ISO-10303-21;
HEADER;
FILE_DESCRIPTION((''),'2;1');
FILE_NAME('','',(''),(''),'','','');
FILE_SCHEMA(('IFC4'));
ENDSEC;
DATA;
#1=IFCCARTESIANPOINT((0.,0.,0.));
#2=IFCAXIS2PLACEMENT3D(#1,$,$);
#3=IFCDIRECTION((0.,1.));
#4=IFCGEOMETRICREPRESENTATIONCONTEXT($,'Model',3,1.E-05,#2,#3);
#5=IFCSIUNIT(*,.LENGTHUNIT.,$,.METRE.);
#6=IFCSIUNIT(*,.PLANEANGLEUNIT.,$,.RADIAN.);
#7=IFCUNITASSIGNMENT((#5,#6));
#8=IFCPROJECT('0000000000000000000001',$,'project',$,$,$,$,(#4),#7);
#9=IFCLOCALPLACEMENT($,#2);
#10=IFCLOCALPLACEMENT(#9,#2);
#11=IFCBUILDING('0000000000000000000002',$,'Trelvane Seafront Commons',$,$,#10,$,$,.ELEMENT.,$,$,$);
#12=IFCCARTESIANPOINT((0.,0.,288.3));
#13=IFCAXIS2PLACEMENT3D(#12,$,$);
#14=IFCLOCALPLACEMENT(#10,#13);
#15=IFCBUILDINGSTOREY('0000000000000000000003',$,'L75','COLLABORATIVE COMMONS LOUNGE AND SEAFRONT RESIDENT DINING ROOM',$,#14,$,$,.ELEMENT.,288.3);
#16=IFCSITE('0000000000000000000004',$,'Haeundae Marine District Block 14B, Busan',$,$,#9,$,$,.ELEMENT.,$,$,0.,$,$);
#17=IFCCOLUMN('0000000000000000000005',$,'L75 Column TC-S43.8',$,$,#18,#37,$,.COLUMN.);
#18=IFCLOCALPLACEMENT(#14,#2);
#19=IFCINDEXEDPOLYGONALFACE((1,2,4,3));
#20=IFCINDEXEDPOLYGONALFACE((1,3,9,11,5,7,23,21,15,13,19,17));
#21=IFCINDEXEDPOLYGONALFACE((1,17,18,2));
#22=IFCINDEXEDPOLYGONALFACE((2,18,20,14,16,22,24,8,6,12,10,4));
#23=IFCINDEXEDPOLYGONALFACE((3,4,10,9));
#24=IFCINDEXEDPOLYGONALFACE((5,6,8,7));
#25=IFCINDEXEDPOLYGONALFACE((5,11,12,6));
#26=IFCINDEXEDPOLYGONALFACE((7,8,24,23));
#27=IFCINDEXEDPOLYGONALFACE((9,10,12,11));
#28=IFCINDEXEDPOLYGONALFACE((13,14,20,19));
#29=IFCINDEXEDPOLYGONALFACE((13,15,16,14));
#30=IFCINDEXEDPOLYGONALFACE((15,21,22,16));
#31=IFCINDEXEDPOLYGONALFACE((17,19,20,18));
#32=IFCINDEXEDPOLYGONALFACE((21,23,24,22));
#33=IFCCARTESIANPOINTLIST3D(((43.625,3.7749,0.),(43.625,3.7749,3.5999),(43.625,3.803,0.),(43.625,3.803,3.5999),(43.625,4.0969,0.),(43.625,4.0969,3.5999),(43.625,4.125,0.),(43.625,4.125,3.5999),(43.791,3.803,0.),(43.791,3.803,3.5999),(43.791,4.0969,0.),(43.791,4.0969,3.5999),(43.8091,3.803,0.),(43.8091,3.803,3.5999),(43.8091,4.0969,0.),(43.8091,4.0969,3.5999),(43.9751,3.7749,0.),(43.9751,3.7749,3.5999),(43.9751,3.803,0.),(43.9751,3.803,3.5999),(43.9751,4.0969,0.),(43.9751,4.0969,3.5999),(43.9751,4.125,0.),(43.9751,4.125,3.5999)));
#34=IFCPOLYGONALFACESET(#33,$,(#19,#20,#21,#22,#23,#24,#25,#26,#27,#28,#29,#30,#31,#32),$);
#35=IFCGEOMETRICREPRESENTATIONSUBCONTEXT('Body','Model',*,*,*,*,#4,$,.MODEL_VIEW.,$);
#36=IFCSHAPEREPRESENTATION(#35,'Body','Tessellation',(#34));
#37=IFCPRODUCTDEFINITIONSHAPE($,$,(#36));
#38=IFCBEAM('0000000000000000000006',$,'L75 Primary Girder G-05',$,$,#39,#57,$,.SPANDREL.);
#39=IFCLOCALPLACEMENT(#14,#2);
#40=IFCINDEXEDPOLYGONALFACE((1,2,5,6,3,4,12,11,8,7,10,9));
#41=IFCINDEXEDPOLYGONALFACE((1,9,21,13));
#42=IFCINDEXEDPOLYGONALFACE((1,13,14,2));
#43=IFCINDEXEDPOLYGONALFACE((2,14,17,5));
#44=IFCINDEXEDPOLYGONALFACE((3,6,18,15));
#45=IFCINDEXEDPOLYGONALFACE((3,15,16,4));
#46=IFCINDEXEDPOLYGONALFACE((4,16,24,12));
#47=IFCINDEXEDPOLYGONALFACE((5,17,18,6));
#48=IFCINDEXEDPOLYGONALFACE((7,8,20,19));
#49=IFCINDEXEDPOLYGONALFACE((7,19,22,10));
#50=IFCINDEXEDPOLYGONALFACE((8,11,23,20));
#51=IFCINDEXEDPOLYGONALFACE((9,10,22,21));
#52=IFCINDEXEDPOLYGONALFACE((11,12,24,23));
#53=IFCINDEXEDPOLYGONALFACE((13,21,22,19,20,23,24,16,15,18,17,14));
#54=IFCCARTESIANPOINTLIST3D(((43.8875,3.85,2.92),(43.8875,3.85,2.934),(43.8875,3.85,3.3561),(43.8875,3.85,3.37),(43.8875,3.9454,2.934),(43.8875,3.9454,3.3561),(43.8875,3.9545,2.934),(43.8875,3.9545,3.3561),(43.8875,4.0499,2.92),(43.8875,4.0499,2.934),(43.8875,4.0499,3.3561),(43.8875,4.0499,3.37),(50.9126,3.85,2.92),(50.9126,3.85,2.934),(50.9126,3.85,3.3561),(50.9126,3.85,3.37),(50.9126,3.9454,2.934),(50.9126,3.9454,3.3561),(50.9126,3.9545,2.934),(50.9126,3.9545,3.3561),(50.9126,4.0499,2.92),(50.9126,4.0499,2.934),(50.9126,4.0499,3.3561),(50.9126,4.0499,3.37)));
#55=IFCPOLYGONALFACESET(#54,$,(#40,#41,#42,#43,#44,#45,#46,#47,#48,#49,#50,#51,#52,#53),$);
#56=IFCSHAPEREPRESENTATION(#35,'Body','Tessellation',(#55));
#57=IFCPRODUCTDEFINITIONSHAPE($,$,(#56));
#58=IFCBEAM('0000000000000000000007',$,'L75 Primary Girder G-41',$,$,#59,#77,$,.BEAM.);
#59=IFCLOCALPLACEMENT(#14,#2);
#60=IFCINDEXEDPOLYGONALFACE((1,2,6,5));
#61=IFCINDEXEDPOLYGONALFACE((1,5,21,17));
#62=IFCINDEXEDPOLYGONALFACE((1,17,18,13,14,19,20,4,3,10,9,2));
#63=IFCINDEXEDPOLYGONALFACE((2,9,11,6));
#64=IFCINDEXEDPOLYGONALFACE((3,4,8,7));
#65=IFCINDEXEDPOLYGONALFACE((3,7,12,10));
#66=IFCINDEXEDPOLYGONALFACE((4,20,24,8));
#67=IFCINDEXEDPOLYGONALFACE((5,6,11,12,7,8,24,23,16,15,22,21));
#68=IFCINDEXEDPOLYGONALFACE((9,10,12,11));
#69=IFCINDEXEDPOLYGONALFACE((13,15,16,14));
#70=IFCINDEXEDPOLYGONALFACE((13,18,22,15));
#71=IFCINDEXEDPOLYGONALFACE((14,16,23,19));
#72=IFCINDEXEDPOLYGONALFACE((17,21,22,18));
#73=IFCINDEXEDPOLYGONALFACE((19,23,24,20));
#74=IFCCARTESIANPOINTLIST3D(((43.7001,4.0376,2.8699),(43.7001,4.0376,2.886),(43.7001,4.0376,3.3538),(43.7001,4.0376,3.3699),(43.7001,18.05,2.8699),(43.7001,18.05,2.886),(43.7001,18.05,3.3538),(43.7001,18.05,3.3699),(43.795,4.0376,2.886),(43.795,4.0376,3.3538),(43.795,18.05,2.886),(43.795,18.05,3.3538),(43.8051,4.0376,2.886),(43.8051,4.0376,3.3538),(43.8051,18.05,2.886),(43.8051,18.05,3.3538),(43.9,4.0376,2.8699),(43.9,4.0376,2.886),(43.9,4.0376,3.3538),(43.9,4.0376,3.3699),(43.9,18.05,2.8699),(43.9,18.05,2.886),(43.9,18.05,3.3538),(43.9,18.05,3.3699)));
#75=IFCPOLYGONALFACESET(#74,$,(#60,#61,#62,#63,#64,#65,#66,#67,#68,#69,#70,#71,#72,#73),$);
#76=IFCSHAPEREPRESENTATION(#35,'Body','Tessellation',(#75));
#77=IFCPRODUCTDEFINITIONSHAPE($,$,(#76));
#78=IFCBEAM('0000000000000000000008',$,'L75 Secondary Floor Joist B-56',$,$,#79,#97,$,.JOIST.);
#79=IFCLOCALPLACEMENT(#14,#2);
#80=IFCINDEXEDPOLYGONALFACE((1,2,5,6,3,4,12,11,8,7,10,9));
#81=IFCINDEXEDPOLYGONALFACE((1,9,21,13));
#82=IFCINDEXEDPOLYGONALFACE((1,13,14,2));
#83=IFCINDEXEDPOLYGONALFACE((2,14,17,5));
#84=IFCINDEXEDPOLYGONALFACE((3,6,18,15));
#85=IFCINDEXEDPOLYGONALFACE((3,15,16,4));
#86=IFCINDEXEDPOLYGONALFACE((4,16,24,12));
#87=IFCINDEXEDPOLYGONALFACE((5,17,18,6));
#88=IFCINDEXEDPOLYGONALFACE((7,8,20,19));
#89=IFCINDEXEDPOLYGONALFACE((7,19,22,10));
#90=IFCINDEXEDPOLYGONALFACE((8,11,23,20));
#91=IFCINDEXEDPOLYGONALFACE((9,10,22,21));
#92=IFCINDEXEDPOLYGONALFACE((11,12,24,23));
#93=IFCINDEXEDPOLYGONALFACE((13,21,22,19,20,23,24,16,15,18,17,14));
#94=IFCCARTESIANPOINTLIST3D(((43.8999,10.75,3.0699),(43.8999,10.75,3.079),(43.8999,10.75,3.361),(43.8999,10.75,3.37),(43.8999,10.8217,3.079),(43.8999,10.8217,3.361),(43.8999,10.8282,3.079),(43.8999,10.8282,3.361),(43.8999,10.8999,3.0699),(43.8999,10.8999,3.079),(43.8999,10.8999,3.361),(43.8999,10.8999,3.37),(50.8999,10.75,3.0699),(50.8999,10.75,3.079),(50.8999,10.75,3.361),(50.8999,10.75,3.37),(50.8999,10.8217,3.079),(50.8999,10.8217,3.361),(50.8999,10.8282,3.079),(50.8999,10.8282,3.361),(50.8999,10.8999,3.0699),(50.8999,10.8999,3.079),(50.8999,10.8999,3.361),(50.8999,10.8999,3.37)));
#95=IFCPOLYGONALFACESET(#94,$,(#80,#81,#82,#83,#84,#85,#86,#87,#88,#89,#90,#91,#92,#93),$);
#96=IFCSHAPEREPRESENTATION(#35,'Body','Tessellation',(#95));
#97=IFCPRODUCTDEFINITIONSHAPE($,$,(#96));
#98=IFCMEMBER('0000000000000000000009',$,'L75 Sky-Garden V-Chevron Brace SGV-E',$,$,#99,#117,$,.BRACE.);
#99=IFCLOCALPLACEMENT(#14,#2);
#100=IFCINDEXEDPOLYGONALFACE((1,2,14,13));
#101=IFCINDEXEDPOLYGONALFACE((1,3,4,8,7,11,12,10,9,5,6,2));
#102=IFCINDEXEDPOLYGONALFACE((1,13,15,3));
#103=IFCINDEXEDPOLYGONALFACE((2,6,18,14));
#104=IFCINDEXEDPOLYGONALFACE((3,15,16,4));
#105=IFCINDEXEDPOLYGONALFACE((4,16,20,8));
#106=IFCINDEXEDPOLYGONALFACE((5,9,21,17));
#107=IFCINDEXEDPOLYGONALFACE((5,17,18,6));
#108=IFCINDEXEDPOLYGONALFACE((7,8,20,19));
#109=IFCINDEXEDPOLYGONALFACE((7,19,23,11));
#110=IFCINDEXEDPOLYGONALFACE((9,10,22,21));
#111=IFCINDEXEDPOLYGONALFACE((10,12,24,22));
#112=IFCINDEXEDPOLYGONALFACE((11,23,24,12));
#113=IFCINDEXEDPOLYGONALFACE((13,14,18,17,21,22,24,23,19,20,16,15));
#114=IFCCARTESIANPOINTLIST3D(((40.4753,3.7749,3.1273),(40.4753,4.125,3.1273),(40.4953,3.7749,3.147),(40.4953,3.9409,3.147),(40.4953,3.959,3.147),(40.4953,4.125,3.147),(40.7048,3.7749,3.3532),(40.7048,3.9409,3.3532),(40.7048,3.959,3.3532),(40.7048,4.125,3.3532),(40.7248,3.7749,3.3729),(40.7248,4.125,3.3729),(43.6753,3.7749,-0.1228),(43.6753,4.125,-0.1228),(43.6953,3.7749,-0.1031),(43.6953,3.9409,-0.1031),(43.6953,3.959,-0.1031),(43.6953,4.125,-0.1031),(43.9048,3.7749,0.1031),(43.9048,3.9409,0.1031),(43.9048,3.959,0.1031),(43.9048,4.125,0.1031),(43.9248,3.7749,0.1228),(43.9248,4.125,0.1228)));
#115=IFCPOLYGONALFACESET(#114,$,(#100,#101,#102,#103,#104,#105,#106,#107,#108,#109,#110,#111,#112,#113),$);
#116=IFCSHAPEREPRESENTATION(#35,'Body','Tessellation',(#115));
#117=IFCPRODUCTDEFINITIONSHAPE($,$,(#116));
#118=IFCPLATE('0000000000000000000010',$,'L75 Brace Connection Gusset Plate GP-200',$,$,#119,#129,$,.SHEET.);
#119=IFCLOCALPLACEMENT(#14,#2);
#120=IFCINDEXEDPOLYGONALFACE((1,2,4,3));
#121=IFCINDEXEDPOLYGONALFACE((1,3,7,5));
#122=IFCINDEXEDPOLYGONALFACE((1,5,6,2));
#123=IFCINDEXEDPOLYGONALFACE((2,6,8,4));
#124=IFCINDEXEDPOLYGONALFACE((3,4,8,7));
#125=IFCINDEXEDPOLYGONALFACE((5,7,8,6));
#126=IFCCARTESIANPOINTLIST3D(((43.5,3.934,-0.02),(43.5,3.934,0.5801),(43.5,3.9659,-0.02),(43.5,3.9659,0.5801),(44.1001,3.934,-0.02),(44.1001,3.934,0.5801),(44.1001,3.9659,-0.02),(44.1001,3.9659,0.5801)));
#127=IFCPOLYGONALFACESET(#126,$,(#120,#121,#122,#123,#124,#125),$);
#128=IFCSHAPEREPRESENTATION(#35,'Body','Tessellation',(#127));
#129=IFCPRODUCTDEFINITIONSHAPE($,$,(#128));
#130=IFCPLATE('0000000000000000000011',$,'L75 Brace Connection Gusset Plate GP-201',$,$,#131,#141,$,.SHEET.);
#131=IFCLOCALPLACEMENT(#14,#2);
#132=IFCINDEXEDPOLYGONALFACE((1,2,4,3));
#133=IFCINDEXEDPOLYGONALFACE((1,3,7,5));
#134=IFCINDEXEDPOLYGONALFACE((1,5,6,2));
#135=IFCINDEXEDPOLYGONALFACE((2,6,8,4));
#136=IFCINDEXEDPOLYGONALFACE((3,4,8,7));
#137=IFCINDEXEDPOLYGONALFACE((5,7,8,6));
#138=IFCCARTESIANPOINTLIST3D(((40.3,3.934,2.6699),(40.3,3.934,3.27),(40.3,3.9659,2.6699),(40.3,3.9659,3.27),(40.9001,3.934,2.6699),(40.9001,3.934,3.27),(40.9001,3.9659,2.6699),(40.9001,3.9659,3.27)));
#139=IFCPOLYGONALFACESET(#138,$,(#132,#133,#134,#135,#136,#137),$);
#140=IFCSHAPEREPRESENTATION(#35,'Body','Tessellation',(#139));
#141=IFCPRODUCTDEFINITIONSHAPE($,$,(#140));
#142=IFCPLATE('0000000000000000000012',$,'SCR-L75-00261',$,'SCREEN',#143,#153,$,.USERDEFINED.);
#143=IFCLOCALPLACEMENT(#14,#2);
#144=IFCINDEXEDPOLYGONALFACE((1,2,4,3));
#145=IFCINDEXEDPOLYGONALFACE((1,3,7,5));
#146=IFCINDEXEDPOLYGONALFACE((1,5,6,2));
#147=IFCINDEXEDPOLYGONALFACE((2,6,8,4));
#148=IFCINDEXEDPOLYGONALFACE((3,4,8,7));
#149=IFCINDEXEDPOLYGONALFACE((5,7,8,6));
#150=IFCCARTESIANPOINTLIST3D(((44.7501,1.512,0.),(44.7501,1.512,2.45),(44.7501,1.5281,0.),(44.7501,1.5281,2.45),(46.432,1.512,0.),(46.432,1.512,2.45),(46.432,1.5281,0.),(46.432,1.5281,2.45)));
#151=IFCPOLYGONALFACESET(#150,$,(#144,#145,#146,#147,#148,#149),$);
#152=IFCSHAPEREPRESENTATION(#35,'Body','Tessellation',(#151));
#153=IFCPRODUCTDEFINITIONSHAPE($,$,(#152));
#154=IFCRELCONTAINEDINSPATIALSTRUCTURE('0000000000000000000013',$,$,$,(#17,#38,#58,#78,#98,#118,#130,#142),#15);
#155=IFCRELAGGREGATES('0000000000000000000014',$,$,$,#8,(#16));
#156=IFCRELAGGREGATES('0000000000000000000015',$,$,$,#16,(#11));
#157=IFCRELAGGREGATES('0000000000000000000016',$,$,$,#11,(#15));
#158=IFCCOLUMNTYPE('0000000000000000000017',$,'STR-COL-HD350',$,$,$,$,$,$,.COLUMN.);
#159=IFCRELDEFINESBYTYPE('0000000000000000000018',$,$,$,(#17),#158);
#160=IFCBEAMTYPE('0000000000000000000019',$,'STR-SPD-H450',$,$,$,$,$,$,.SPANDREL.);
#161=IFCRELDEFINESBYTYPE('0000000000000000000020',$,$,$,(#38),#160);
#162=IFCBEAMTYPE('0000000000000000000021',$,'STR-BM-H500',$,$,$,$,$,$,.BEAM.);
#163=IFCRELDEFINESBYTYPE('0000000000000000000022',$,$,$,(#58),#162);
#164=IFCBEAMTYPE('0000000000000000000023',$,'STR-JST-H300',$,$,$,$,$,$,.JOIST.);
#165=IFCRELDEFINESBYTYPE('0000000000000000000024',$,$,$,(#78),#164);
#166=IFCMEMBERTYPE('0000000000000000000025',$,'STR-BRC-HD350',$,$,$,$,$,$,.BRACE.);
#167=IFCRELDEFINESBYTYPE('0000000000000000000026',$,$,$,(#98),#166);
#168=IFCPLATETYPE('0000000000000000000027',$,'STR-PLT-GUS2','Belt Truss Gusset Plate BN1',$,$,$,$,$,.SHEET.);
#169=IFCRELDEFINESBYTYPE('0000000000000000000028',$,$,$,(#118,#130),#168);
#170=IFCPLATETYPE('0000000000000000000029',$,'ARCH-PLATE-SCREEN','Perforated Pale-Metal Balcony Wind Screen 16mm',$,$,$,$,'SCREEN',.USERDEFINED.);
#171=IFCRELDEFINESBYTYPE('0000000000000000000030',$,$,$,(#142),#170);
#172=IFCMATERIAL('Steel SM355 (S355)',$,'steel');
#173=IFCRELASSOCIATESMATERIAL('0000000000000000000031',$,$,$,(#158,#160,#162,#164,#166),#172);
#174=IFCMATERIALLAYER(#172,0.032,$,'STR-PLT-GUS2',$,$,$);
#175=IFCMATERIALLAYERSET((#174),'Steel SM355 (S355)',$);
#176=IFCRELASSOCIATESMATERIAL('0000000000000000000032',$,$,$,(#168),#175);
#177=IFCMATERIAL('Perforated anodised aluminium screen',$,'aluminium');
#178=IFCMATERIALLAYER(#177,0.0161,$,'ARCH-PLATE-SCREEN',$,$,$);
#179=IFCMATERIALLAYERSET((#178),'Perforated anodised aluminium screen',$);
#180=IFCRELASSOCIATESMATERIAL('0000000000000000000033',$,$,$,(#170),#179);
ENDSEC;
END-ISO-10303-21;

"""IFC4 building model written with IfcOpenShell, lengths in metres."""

from ifc_helpers import new_model, si_unit, direction, frame, origin, origin_2d, place, context, subcontext, project, spatial, rectangle, i_section, extrude, source, transform, mapped, material, layer, layer_set, material_profile, profile_set, type_object, element, save


model = new_model("IFC4")

# Units and contexts
model_context = context("Model", 3, precision=1e-05, world=origin(), true_north=direction((0.0, 1.0)))
body_context = subcontext(model_context, "Body", "Model", "MODEL_VIEW")
ifc_project = project(units=[si_unit("LENGTHUNIT", "METRE"), si_unit("PLANEANGLEUNIT", "RADIAN")], contexts=[model_context])

# Site, building, storey
site_placement = place(None, origin())
site = spatial("IfcSite", under=ifc_project, at=site_placement, Name="Haeundae Marine District Block 14B, Busan", CompositionType="ELEMENT", RefElevation=0.0)
building_placement = place(site_placement, origin())
building = spatial("IfcBuilding", under=site, at=building_placement, Name="Trelvane Seafront Commons", CompositionType="ELEMENT")
storey_placement = place(building_placement, frame((0.0, 0.0, 288.3)))
storey = spatial("IfcBuildingStorey", under=building, at=storey_placement, Name="L75", Description="COLLABORATIVE COMMONS LOUNGE AND SEAFRONT RESIDENT DINING ROOM", CompositionType="ELEMENT", Elevation=288.3)

# Column
ifc_material_1 = material(Name="Steel SM355 (S355)", Category="steel")
ifc_material_profile_1 = material_profile(ifc_material_1, i_section(OverallWidth=0.3501, OverallDepth=0.3501, WebThickness=0.0181, FlangeThickness=0.0281, at=origin_2d()), Name="HD-350x350x18x28")
ifc_profile_set_1 = profile_set([ifc_material_profile_1], Name="Steel SM355 (S355)")
column_type = type_object("IfcColumnType", Name="STR-COL-HD350", PredefinedType="COLUMN", material=ifc_profile_set_1)
shared_shape_1 = source(origin(), body_context, "Body", "SweptSolid", [
    extrude(i_section(OverallWidth=0.3501, OverallDepth=0.3501, WebThickness=0.0181, FlangeThickness=0.0281, at=origin_2d()), origin(), (0.0, 0.0, 1.0), 3.5999),
])
column_placement = place(storey_placement, frame((43.8, 3.95, 0.0), z_axis=(0.0, 0.0, 1.0), x_axis=(1.0, 0.0, 0.0)))
element("IfcColumn", 1, at=column_placement, inside=storey, type_object=column_type, Name="L75 Column TC-S43.8", PredefinedType="COLUMN", context=body_context, shape_type="MappedRepresentation", body=[
    mapped(shared_shape_1, transform((0.0, 0.0, 0.0), x_axis=(1.0, 0.0, 0.0), y_axis=(0.0, 1.0, 0.0), z_axis=(0.0, 0.0, 1.0), scale=1.0)),
])

# Beams
ifc_material_profile_2 = material_profile(ifc_material_1, i_section(OverallWidth=0.2, OverallDepth=0.45, WebThickness=0.009, FlangeThickness=0.0139, at=origin_2d()), Name="H-450x200x9x14")
ifc_profile_set_2 = profile_set([ifc_material_profile_2], Name="Steel SM355 (S355)")
beam_type_1 = type_object("IfcBeamType", Name="STR-SPD-H450", PredefinedType="SPANDREL", material=ifc_profile_set_2)
shared_shape_2 = source(origin(), body_context, "Body", "SweptSolid", [
    extrude(i_section(OverallWidth=0.2, OverallDepth=0.45, WebThickness=0.009, FlangeThickness=0.0139, at=origin_2d()), origin(), (0.0, 0.0, 1.0), 7.0251),
])
beam_1_placement = place(storey_placement, frame((43.8875, 3.95, 3.145), z_axis=(1.0, 0.0, 0.0), x_axis=(0.0, 1.0, 0.0)))
element("IfcBeam", 2, at=beam_1_placement, inside=storey, type_object=beam_type_1, Name="L75 Primary Girder G-05", PredefinedType="SPANDREL", context=body_context, shape_type="MappedRepresentation", body=[
    mapped(shared_shape_2, transform((0.0, 0.0, 0.0), x_axis=(1.0, 0.0, 0.0), y_axis=(0.0, 1.0, 0.0), z_axis=(0.0, 0.0, 1.0), scale=1.0)),
])
ifc_material_profile_3 = material_profile(ifc_material_1, i_section(OverallWidth=0.2, OverallDepth=0.5, WebThickness=0.01, FlangeThickness=0.0161, at=origin_2d()), Name="H-500x200x10x16")
ifc_profile_set_3 = profile_set([ifc_material_profile_3], Name="Steel SM355 (S355)")
beam_type_2 = type_object("IfcBeamType", Name="STR-BM-H500", PredefinedType="BEAM", material=ifc_profile_set_3)
shared_shape_3 = source(origin(), body_context, "Body", "SweptSolid", [
    extrude(i_section(OverallWidth=0.2, OverallDepth=0.5, WebThickness=0.01, FlangeThickness=0.0161, at=origin_2d()), origin(), (0.0, 0.0, 1.0), 14.0125),
])
beam_2_placement = place(storey_placement, frame((43.8, 4.0376, 3.1199), z_axis=(0.0, 1.0, 0.0), x_axis=(-1.0, 0.0, 0.0)))
element("IfcBeam", 3, at=beam_2_placement, inside=storey, type_object=beam_type_2, Name="L75 Primary Girder G-41", PredefinedType="BEAM", context=body_context, shape_type="MappedRepresentation", body=[
    mapped(shared_shape_3, transform((0.0, 0.0, 0.0), x_axis=(1.0, 0.0, 0.0), y_axis=(0.0, 1.0, 0.0), z_axis=(0.0, 0.0, 1.0), scale=1.0)),
])
ifc_material_profile_4 = material_profile(ifc_material_1, i_section(OverallWidth=0.1499, OverallDepth=0.3, WebThickness=0.0066, FlangeThickness=0.009, at=origin_2d()), Name="H-300x150x6.5x9")
ifc_profile_set_4 = profile_set([ifc_material_profile_4], Name="Steel SM355 (S355)")
beam_type_3 = type_object("IfcBeamType", Name="STR-JST-H300", PredefinedType="JOIST", material=ifc_profile_set_4)
shared_shape_4 = source(origin(), body_context, "Body", "SweptSolid", [
    extrude(i_section(OverallWidth=0.1499, OverallDepth=0.3, WebThickness=0.0066, FlangeThickness=0.009, at=origin_2d()), origin(), (0.0, 0.0, 1.0), 7.0),
])
beam_3_placement = place(storey_placement, frame((43.8999, 10.825, 3.22), z_axis=(1.0, 0.0, 0.0), x_axis=(0.0, 1.0, 0.0)))
element("IfcBeam", 4, at=beam_3_placement, inside=storey, type_object=beam_type_3, Name="L75 Secondary Floor Joist B-56", PredefinedType="JOIST", context=body_context, shape_type="MappedRepresentation", body=[
    mapped(shared_shape_4, transform((0.0, 0.0, 0.0), x_axis=(1.0, 0.0, 0.0), y_axis=(0.0, 1.0, 0.0), z_axis=(0.0, 0.0, 1.0), scale=1.0)),
])

# Member
ifc_material_profile_5 = material_profile(ifc_material_1, i_section(OverallWidth=0.3501, OverallDepth=0.3501, WebThickness=0.0181, FlangeThickness=0.0281, at=origin_2d()), Name="HD-350x350x18x28")
ifc_profile_set_5 = profile_set([ifc_material_profile_5], Name="Steel SM355 (S355)")
member_type = type_object("IfcMemberType", Name="STR-BRC-HD350", PredefinedType="BRACE", material=ifc_profile_set_5)
shared_shape_5 = source(origin(), body_context, "Body", "SweptSolid", [
    extrude(i_section(OverallWidth=0.3501, OverallDepth=0.3501, WebThickness=0.0181, FlangeThickness=0.0281, at=origin_2d()), origin(), (0.0, 0.0, 1.0), 4.561),
])
member_placement = place(storey_placement, frame((43.8, 3.95, 0.0), z_axis=(-0.701599, 0.0, 0.712572), x_axis=(0.0, -1.0, 0.0)))
element("IfcMember", 5, at=member_placement, inside=storey, type_object=member_type, Name="L75 Sky-Garden V-Chevron Brace SGV-E", PredefinedType="BRACE", context=body_context, shape_type="MappedRepresentation", body=[
    mapped(shared_shape_5, transform((0.0, 0.0, 0.0), x_axis=(1.0, 0.0, 0.0), y_axis=(0.0, 1.0, 0.0), z_axis=(0.0, 0.0, 1.0), scale=1.0)),
])

# Plates
ifc_layer_1 = layer(ifc_material_1, 0.032, Name="STR-PLT-GUS2")
ifc_layer_set_1 = layer_set([ifc_layer_1], Name="Steel SM355 (S355)")
plate_type_1 = type_object("IfcPlateType", Name="STR-PLT-GUS2", Description="Belt Truss Gusset Plate BN1", PredefinedType="SHEET", material=ifc_layer_set_1)
shared_shape_6 = source(origin(), body_context, "Body", "SweptSolid", [
    extrude(rectangle(XDim=0.6001, YDim=0.032, at=origin_2d()), origin(), (0.0, 0.0, 1.0), 0.6001),
])
for number, where, z_axis, x_axis, name in (
    (6, (43.8, 3.95, -0.02), (0.0, 0.0, 1.0), (1.0, 0.0, 0.0), "L75 Brace Connection Gusset Plate GP-200"),
    (7, (40.6001, 3.95, 2.6699), (0.0, 0.0, 1.0), (1.0, 0.0, 0.0), "L75 Brace Connection Gusset Plate GP-201"),
):
    element("IfcPlate", number, at=place(storey_placement, frame(where, z_axis=z_axis, x_axis=x_axis)), inside=storey, type_object=plate_type_1, Name=name, PredefinedType="SHEET", context=body_context, shape_type="MappedRepresentation", body=[
        mapped(shared_shape_6, transform((0.0, 0.0, 0.0), x_axis=(1.0, 0.0, 0.0), y_axis=(0.0, 1.0, 0.0), z_axis=(0.0, 0.0, 1.0), scale=1.0)),
    ])
ifc_material_2 = material(Name="Perforated anodised aluminium screen", Category="aluminium")
ifc_layer_2 = layer(ifc_material_2, 0.0161, Name="ARCH-PLATE-SCREEN")
ifc_layer_set_2 = layer_set([ifc_layer_2], Name="Perforated anodised aluminium screen")
plate_type_2 = type_object("IfcPlateType", Name="ARCH-PLATE-SCREEN", Description="Perforated Pale-Metal Balcony Wind Screen 16mm", ElementType="SCREEN", PredefinedType="USERDEFINED", material=ifc_layer_set_2)
shared_shape_7 = source(origin(), body_context, "Body", "SweptSolid", [
    extrude(rectangle(XDim=1.6819, YDim=0.0161, at=origin_2d()), origin(), (0.0, 0.0, 1.0), 2.45),
])
plate_placement = place(storey_placement, frame((45.5911, 1.52, 0.0), z_axis=(0.0, 0.0, 1.0), x_axis=(1.0, 0.0, 0.0)))
element("IfcPlate", 8, at=plate_placement, inside=storey, type_object=plate_type_2, Name="SCR-L75-00261", ObjectType="SCREEN", PredefinedType="USERDEFINED", context=body_context, shape_type="MappedRepresentation", body=[
    mapped(shared_shape_7, transform((0.0, 0.0, 0.0), x_axis=(1.0, 0.0, 0.0), y_axis=(0.0, 1.0, 0.0), z_axis=(0.0, 0.0, 1.0), scale=1.0)),
])

save(model, "model.ifc")
